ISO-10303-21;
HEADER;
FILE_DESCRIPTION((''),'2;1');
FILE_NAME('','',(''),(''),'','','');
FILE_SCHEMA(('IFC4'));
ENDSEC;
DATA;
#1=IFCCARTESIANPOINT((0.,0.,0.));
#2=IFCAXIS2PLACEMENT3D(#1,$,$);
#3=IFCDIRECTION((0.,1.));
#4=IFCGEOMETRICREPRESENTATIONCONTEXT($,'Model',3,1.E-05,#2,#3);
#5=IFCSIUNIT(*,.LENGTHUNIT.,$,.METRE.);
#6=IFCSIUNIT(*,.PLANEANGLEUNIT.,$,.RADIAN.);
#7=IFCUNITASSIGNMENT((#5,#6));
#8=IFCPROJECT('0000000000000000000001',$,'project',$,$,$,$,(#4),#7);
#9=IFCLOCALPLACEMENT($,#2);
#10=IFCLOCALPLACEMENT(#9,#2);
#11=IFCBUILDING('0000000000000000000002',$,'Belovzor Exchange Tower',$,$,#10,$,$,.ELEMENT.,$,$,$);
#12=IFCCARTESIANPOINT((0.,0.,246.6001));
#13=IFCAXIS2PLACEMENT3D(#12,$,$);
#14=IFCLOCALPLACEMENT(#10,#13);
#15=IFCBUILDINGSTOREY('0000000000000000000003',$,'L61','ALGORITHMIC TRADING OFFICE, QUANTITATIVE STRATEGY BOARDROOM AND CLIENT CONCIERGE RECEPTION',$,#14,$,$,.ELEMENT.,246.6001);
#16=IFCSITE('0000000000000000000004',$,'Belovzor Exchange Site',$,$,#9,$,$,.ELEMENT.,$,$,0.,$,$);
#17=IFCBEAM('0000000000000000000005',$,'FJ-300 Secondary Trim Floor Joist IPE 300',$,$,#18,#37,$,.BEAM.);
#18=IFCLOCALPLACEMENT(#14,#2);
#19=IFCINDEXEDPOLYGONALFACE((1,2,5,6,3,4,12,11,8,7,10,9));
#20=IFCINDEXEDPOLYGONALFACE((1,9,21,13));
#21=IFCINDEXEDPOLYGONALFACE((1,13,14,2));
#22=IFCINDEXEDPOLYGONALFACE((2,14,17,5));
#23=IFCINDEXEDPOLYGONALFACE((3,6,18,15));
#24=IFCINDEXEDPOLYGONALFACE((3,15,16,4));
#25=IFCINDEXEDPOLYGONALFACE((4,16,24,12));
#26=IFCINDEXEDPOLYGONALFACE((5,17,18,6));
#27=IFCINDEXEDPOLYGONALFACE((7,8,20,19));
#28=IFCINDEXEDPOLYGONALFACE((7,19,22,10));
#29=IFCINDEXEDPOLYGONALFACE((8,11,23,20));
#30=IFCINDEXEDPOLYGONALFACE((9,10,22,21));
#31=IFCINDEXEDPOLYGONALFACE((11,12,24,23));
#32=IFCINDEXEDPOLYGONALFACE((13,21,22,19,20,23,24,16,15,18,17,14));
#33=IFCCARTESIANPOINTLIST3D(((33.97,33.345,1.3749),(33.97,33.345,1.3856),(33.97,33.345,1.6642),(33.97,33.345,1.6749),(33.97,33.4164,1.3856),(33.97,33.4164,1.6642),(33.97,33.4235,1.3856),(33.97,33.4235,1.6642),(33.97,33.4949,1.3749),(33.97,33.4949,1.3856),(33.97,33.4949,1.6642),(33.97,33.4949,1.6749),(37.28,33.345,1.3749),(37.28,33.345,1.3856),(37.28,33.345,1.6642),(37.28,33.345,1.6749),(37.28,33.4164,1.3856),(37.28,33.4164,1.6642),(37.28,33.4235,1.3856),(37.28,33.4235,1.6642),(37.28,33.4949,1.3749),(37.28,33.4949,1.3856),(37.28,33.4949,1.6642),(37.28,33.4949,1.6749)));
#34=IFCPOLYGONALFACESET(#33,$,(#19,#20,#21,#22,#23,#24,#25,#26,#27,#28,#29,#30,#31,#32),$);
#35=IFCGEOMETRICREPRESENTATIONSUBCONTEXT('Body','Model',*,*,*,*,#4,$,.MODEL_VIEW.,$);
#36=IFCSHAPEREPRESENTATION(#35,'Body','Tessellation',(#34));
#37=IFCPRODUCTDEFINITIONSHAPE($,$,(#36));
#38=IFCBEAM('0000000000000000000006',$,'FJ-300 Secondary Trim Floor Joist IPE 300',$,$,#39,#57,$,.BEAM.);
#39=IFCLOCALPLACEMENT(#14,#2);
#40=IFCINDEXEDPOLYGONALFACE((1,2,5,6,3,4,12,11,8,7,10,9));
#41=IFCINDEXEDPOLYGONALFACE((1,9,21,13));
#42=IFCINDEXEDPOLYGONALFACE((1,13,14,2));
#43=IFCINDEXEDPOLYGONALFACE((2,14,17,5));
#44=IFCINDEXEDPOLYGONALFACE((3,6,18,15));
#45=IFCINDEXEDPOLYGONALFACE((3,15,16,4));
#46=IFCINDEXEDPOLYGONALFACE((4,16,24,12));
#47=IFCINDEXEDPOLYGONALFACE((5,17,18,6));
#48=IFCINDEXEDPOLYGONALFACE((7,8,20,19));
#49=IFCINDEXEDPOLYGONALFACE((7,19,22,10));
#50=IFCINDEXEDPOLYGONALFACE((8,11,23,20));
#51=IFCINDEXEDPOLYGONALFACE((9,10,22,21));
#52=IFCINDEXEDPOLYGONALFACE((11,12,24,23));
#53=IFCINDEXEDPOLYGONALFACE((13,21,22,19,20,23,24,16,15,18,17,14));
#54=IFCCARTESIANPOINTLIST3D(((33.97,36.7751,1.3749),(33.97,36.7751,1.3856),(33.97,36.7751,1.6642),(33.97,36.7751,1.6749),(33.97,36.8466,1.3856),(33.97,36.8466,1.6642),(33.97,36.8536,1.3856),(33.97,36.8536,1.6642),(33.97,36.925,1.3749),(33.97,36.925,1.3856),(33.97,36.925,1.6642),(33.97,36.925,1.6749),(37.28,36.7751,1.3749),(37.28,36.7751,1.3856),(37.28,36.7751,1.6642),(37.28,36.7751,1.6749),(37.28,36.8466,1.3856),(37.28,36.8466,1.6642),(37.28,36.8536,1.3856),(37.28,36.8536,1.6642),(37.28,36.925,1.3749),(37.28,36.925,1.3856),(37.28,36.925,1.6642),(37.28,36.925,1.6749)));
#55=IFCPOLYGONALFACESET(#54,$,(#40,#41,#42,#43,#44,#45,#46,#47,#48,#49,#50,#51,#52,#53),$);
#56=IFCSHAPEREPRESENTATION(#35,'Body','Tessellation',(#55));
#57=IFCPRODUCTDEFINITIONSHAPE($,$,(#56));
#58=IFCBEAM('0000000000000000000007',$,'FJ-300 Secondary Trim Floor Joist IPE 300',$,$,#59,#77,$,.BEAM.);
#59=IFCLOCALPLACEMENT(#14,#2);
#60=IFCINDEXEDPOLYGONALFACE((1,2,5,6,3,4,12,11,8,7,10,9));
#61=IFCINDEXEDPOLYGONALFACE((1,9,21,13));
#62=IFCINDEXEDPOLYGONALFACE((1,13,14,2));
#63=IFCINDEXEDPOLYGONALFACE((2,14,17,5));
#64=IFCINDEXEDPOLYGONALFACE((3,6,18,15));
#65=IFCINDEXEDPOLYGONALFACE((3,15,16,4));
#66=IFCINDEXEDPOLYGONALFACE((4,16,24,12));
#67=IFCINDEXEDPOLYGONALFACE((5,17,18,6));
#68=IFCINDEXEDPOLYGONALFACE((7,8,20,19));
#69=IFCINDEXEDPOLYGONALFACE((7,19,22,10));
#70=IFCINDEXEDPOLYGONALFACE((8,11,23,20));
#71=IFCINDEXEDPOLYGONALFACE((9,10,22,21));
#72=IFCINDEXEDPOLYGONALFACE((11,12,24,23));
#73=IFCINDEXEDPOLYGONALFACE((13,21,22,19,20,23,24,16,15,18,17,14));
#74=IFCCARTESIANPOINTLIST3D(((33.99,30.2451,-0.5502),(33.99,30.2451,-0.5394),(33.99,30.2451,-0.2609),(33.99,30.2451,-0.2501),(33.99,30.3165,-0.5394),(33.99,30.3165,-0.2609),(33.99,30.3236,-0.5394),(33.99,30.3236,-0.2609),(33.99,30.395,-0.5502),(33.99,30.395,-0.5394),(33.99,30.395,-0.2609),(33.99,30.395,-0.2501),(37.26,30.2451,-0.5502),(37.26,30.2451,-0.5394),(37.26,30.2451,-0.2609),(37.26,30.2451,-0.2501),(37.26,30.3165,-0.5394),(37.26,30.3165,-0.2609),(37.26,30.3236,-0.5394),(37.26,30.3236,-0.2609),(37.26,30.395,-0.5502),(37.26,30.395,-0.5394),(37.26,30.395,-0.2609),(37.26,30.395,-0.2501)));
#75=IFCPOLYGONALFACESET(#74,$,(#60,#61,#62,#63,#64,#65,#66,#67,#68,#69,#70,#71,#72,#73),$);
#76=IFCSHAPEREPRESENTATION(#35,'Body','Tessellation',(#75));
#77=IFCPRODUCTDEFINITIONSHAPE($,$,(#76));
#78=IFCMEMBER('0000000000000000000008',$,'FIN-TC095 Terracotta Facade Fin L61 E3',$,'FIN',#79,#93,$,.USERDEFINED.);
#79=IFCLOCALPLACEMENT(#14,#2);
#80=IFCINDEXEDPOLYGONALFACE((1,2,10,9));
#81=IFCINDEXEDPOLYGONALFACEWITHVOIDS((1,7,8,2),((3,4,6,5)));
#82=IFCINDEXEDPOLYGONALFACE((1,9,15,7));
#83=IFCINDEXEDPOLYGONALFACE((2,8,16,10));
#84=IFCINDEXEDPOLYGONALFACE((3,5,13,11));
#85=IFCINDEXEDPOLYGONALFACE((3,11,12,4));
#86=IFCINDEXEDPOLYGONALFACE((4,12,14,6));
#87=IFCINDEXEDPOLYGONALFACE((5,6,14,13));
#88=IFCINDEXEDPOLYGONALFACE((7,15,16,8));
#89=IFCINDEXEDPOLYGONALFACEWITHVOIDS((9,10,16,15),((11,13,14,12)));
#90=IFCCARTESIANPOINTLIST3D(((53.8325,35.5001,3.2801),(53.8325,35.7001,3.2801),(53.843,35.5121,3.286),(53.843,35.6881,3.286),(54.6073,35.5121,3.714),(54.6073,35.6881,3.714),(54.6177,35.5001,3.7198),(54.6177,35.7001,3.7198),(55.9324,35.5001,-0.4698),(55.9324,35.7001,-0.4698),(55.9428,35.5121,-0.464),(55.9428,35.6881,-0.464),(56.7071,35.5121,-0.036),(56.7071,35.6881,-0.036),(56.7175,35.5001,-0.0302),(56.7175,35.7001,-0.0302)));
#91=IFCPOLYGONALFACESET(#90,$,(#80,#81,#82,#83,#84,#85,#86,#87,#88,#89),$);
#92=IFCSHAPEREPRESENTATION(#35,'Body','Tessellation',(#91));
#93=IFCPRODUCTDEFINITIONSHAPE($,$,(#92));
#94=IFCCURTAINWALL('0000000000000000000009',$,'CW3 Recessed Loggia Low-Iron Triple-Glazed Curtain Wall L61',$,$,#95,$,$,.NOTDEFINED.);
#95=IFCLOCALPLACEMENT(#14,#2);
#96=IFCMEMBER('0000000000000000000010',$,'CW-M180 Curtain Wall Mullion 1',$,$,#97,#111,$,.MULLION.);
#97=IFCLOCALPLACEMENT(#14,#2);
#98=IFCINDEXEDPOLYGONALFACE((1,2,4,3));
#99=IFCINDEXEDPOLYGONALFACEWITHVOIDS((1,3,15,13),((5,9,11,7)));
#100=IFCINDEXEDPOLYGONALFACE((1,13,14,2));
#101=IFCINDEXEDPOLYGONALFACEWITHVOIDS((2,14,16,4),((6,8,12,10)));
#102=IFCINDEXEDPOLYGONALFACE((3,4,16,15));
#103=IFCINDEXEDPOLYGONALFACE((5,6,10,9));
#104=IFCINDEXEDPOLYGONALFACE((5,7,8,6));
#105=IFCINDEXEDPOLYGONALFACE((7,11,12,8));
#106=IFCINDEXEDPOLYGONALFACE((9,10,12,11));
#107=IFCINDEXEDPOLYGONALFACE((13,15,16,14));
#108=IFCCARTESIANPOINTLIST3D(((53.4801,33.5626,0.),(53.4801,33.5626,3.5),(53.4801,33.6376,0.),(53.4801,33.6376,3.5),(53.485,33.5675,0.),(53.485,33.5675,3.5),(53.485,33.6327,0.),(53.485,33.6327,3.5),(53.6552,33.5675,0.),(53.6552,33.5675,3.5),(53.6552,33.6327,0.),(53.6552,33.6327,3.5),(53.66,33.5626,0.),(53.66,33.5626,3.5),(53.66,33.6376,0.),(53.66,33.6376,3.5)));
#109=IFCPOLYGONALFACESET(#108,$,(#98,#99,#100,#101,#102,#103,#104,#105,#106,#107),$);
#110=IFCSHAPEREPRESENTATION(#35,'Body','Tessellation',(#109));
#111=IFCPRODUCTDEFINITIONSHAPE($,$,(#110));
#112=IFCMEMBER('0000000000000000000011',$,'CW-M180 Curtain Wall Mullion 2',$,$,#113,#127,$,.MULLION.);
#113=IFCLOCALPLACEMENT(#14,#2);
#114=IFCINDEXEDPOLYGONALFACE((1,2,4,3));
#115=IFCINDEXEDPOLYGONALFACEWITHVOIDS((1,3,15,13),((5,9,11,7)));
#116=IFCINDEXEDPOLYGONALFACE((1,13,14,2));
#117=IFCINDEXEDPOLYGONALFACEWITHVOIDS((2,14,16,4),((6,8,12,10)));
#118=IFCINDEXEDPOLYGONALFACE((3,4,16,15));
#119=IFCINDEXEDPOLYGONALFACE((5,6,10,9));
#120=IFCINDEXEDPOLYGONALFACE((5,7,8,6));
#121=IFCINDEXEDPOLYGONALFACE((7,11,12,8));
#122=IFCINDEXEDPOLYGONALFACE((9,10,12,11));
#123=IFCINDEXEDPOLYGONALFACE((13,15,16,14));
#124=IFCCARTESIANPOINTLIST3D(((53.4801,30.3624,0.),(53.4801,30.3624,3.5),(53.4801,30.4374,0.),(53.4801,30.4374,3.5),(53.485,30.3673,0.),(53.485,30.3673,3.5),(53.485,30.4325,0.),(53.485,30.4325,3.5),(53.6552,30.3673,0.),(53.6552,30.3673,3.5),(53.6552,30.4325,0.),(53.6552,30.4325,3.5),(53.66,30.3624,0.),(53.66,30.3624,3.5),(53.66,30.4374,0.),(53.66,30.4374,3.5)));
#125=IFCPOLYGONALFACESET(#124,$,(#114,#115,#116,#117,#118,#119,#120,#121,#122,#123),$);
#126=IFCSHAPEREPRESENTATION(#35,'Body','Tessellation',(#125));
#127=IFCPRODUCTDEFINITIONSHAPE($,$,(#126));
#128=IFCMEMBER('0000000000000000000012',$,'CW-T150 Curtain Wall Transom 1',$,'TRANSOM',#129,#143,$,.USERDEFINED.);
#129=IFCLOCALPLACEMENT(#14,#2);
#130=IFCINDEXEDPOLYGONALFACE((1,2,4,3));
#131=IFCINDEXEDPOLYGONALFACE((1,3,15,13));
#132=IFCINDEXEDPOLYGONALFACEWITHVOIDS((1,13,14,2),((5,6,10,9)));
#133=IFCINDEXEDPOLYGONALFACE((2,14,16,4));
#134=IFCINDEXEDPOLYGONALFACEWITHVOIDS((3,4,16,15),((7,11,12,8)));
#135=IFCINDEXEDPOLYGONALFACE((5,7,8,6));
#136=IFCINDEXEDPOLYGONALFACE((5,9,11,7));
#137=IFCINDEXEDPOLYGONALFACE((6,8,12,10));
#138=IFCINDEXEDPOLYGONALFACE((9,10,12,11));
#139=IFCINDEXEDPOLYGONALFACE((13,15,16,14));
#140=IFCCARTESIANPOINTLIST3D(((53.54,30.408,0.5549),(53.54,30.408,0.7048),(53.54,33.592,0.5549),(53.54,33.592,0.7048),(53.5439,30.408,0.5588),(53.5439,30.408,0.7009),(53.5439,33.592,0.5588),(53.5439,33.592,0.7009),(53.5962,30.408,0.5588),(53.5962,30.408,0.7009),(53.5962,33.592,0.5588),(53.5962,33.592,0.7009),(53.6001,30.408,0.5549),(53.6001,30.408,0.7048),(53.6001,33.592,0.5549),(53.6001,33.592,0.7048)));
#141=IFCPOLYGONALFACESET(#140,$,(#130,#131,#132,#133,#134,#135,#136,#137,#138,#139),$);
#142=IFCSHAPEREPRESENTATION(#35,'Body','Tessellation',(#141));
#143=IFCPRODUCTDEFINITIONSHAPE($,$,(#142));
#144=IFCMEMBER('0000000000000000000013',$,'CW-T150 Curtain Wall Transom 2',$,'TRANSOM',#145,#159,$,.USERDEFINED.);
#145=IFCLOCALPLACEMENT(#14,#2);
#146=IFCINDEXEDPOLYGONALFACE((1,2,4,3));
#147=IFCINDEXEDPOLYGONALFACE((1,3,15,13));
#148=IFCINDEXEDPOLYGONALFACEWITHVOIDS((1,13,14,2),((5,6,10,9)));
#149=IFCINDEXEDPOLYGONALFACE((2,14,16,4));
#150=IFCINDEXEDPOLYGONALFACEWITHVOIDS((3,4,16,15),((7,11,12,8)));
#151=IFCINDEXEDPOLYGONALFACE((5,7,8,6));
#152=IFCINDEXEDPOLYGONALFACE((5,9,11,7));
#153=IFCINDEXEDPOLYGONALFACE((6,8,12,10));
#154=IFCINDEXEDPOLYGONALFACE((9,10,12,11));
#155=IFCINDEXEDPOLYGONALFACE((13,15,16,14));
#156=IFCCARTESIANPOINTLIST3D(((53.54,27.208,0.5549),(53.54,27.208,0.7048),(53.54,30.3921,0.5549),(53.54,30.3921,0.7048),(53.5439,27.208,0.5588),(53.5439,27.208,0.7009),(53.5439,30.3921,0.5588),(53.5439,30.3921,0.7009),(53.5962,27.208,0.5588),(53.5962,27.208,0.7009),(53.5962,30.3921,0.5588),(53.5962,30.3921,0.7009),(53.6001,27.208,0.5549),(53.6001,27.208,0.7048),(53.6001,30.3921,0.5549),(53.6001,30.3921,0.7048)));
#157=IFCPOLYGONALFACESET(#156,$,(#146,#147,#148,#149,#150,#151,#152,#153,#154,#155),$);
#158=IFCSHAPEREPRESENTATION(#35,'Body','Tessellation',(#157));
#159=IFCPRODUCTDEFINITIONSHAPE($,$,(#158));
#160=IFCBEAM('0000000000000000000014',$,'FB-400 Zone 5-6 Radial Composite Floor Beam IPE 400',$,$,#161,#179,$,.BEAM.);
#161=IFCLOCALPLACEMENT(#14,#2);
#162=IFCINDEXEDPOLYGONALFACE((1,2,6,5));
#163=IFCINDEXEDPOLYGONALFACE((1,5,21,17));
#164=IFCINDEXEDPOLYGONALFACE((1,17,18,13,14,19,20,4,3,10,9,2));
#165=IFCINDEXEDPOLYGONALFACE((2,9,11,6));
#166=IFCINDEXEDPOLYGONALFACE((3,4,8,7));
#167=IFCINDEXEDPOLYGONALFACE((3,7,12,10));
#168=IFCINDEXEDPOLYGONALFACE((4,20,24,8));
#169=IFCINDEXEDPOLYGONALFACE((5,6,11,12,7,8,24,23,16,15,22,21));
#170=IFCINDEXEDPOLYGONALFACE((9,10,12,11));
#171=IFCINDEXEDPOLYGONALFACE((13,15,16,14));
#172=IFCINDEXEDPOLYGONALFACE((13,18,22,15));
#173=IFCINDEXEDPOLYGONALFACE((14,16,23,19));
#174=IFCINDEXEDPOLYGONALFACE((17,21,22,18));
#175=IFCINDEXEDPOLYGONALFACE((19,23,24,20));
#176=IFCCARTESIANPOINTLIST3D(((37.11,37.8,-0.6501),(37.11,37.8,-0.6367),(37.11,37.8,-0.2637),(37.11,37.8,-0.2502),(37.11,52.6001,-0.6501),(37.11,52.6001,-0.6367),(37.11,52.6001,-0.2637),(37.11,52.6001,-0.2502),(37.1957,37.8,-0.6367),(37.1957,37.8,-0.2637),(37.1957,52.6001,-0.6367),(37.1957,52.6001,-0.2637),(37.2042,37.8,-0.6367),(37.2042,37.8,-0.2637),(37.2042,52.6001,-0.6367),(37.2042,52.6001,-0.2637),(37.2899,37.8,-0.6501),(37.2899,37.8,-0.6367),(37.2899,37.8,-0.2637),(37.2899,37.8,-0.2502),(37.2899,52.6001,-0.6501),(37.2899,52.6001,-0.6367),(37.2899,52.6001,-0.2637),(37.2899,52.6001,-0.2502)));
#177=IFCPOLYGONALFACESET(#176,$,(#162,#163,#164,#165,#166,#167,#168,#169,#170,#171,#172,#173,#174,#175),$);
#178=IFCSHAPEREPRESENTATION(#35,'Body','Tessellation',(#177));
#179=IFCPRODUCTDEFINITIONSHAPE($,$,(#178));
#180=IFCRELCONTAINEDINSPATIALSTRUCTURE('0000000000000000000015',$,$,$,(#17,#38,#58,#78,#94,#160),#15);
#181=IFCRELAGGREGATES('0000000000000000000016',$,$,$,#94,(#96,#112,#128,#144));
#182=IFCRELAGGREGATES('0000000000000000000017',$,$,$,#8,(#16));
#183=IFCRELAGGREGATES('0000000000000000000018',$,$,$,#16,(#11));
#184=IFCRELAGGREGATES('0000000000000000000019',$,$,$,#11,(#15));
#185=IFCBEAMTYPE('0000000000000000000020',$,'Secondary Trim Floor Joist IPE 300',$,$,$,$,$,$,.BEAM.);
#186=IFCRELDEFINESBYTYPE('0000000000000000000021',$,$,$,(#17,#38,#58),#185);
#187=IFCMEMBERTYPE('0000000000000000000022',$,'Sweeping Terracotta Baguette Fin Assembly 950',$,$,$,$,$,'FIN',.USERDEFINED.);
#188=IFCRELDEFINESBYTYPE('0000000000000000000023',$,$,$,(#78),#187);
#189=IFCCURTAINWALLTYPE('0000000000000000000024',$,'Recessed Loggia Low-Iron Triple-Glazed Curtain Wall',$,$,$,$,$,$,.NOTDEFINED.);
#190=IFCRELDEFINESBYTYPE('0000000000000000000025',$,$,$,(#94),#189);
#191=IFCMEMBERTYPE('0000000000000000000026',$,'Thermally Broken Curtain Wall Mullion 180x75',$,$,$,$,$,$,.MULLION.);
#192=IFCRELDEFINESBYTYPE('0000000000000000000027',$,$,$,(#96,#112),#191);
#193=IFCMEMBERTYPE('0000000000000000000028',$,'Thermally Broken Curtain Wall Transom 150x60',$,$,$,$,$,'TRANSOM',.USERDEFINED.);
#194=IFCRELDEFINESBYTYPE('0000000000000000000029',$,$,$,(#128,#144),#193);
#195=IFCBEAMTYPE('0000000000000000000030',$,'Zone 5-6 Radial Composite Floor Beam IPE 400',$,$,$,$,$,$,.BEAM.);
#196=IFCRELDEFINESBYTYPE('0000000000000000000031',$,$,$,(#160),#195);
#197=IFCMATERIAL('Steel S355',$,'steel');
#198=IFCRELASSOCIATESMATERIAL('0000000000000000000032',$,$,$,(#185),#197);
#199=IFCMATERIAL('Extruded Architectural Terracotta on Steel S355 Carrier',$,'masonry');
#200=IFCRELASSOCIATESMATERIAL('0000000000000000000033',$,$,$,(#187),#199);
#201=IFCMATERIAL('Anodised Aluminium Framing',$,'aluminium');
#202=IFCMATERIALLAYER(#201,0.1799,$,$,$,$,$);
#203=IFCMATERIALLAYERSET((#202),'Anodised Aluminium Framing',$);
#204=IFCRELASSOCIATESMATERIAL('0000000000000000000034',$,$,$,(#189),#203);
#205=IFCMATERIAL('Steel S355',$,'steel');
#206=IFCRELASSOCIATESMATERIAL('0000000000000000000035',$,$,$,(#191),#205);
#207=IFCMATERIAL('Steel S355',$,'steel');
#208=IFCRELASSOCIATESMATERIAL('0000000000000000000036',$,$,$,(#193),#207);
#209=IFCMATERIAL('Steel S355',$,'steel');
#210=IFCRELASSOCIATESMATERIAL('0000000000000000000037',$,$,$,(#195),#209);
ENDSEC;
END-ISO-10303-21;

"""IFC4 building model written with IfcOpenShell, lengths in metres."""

from ifc_helpers import new_model, si_unit, direction, frame, origin, origin_2d, place, context, subcontext, project, spatial, hollow_rectangle, i_section, extrude, material, layer, layer_set, material_profile, profile_set, type_object, element, aggregate, save


model = new_model("IFC4")

# Units and contexts
model_context = context("Model", 3, precision=1e-05, world=origin(), true_north=direction((0.0, 1.0)))
body_context = subcontext(model_context, "Body", "Model", "MODEL_VIEW")
ifc_project = project(units=[si_unit("LENGTHUNIT", "METRE"), si_unit("PLANEANGLEUNIT", "RADIAN")], contexts=[model_context])

# Site, building, storey
site_placement = place(None, origin())
site = spatial("IfcSite", under=ifc_project, at=site_placement, Name="Belovzor Exchange Site", CompositionType="ELEMENT", RefElevation=0.0)
building_placement = place(site_placement, origin())
building = spatial("IfcBuilding", under=site, at=building_placement, Name="Belovzor Exchange Tower", CompositionType="ELEMENT")
storey_placement = place(building_placement, frame((0.0, 0.0, 246.6001)))
storey = spatial("IfcBuildingStorey", under=building, at=storey_placement, Name="L61", Description="ALGORITHMIC TRADING OFFICE, QUANTITATIVE STRATEGY BOARDROOM AND CLIENT CONCIERGE RECEPTION", CompositionType="ELEMENT", Elevation=246.6001)

# Beams
ifc_material_1 = material(Name="Steel S355", Category="steel")
ifc_material_profile_1 = material_profile(ifc_material_1, i_section(OverallWidth=0.1499, OverallDepth=0.3, WebThickness=0.0071, FlangeThickness=0.0107, at=origin_2d()))
ifc_profile_set_1 = profile_set([ifc_material_profile_1], Name="Steel S355")
beam_type_1 = type_object("IfcBeamType", Name="Secondary Trim Floor Joist IPE 300", PredefinedType="BEAM", material=ifc_profile_set_1)
for number, where, z_axis, x_axis, name in (
    (1, (37.28, 33.4199, 1.5249), (-1.0, 0.0, 0.0), (0.0, -1.0, 0.0), "FJ-300 Secondary Trim Floor Joist IPE 300"),
    (2, (37.28, 36.8501, 1.5249), (-1.0, 0.0, 0.0), (0.0, -1.0, 0.0), "FJ-300 Secondary Trim Floor Joist IPE 300"),
):
    element("IfcBeam", number, at=place(storey_placement, frame(where, z_axis=z_axis, x_axis=x_axis)), inside=storey, type_object=beam_type_1, Name=name, PredefinedType="BEAM", context=body_context, shape_type="SweptSolid", body=[
        extrude(i_section(OverallWidth=0.1499, OverallDepth=0.3, WebThickness=0.0071, FlangeThickness=0.0107, at=origin_2d()), origin(), (0.0, 0.0, 1.0), 3.3101),
    ])
beam_1_placement = place(storey_placement, frame((37.26, 30.3201, -0.4001), z_axis=(-1.0, 0.0, 0.0), x_axis=(0.0, -1.0, 0.0)))
element("IfcBeam", 3, at=beam_1_placement, inside=storey, type_object=beam_type_1, Name="FJ-300 Secondary Trim Floor Joist IPE 300", PredefinedType="BEAM", context=body_context, shape_type="SweptSolid", body=[
    extrude(i_section(OverallWidth=0.1499, OverallDepth=0.3, WebThickness=0.0071, FlangeThickness=0.0107, at=origin_2d()), origin(), (0.0, 0.0, 1.0), 3.27),
])

# Member
ifc_material_2 = material(Name="Extruded Architectural Terracotta on Steel S355 Carrier", Category="masonry")
ifc_material_profile_2 = material_profile(ifc_material_2, hollow_rectangle(XDim=0.2, YDim=0.8999, WallThickness=0.012, at=origin_2d()))
ifc_profile_set_2 = profile_set([ifc_material_profile_2], Name="Extruded Architectural Terracotta on Steel S355 Carrier")
member_type_1 = type_object("IfcMemberType", Name="Sweeping Terracotta Baguette Fin Assembly 950", ElementType="FIN", PredefinedType="USERDEFINED", material=ifc_profile_set_2)
member_1_placement = place(storey_placement, frame((56.325, 35.6001, -0.25), z_axis=(-0.488577, 0.0, 0.872521), x_axis=(0.0, -1.0, 0.0)))
element("IfcMember", 4, at=member_1_placement, inside=storey, type_object=member_type_1, Name="FIN-TC095 Terracotta Facade Fin L61 E3", ObjectType="FIN", PredefinedType="USERDEFINED", context=body_context, shape_type="SweptSolid", body=[
    extrude(hollow_rectangle(XDim=0.2, YDim=0.8999, WallThickness=0.012, at=origin_2d()), origin(), (0.0, 0.0, 1.0), 4.2979),
])

# Curtain wall, members
ifc_material_3 = material(Name="Anodised Aluminium Framing", Category="aluminium")
ifc_layer_1 = layer(ifc_material_3, 0.1799)
ifc_layer_set_1 = layer_set([ifc_layer_1], Name="Anodised Aluminium Framing")
curtain_wall_type = type_object("IfcCurtainWallType", Name="Recessed Loggia Low-Iron Triple-Glazed Curtain Wall", PredefinedType="NOTDEFINED", material=ifc_layer_set_1)
curtain_wall_placement = place(storey_placement, origin())
curtain_wall = element("IfcCurtainWall", 5, at=curtain_wall_placement, inside=storey, type_object=curtain_wall_type, Name="CW3 Recessed Loggia Low-Iron Triple-Glazed Curtain Wall L61", PredefinedType="NOTDEFINED")
ifc_material_4 = material(Name="Steel S355", Category="steel")
ifc_material_profile_3 = material_profile(ifc_material_4, hollow_rectangle(XDim=0.075, YDim=0.1799, WallThickness=0.0049, at=origin_2d()))
ifc_profile_set_3 = profile_set([ifc_material_profile_3], Name="Steel S355")
member_type_2 = type_object("IfcMemberType", Name="Thermally Broken Curtain Wall Mullion 180x75", PredefinedType="MULLION", material=ifc_profile_set_3)
member_2_placement = place(storey_placement, frame((53.5701, 33.6001, 0.0), z_axis=(0.0, 0.0, 1.0), x_axis=(0.0, -1.0, 0.0)))
member_2 = element("IfcMember", 6, at=member_2_placement, type_object=member_type_2, Name="CW-M180 Curtain Wall Mullion 1", PredefinedType="MULLION", context=body_context, shape_type="SweptSolid", body=[
    extrude(hollow_rectangle(XDim=0.075, YDim=0.1799, WallThickness=0.0049, at=origin_2d()), origin(), (0.0, 0.0, 1.0), 3.5),
])
member_3_placement = place(storey_placement, frame((53.5701, 30.3999, 0.0), z_axis=(0.0, 0.0, 1.0), x_axis=(0.0, -1.0, 0.0)))
member_3 = element("IfcMember", 7, at=member_3_placement, type_object=member_type_2, Name="CW-M180 Curtain Wall Mullion 2", PredefinedType="MULLION", context=body_context, shape_type="SweptSolid", body=[
    extrude(hollow_rectangle(XDim=0.075, YDim=0.1799, WallThickness=0.0049, at=origin_2d()), origin(), (0.0, 0.0, 1.0), 3.5),
])
ifc_material_5 = material(Name="Steel S355", Category="steel")
ifc_material_profile_4 = material_profile(ifc_material_5, hollow_rectangle(XDim=0.0601, YDim=0.1499, WallThickness=0.0039, at=origin_2d()))
ifc_profile_set_4 = profile_set([ifc_material_profile_4], Name="Steel S355")
member_type_3 = type_object("IfcMemberType", Name="Thermally Broken Curtain Wall Transom 150x60", ElementType="TRANSOM", PredefinedType="USERDEFINED", material=ifc_profile_set_4)
member_4_placement = place(storey_placement, frame((53.5701, 33.592, 0.6299), z_axis=(0.0, -1.0, 0.0), x_axis=(1.0, 0.0, 0.0)))
member_4 = element("IfcMember", 8, at=member_4_placement, type_object=member_type_3, Name="CW-T150 Curtain Wall Transom 1", ObjectType="TRANSOM", PredefinedType="USERDEFINED", context=body_context, shape_type="SweptSolid", body=[
    extrude(hollow_rectangle(XDim=0.0601, YDim=0.1499, WallThickness=0.0039, at=origin_2d()), origin(), (0.0, 0.0, 1.0), 3.1841),
])
member_5_placement = place(storey_placement, frame((53.5701, 30.3921, 0.6299), z_axis=(0.0, -1.0, 0.0), x_axis=(1.0, 0.0, 0.0)))
member_5 = element("IfcMember", 9, at=member_5_placement, type_object=member_type_3, Name="CW-T150 Curtain Wall Transom 2", ObjectType="TRANSOM", PredefinedType="USERDEFINED", context=body_context, shape_type="SweptSolid", body=[
    extrude(hollow_rectangle(XDim=0.0601, YDim=0.1499, WallThickness=0.0039, at=origin_2d()), origin(), (0.0, 0.0, 1.0), 3.1841),
])

# Beam
ifc_material_6 = material(Name="Steel S355", Category="steel")
ifc_material_profile_5 = material_profile(ifc_material_6, i_section(OverallWidth=0.1799, OverallDepth=0.3999, WebThickness=0.0085, FlangeThickness=0.0134, at=origin_2d()))
ifc_profile_set_5 = profile_set([ifc_material_profile_5], Name="Steel S355")
beam_type_2 = type_object("IfcBeamType", Name="Zone 5-6 Radial Composite Floor Beam IPE 400", PredefinedType="BEAM", material=ifc_profile_set_5)
for number, where, z_axis, x_axis, name in (
    (10, (37.2, 37.8, -0.4502), (0.0, 1.0, 0.0), (-1.0, 0.0, 0.0), "FB-400 Zone 5-6 Radial Composite Floor Beam IPE 400"),
):
    element("IfcBeam", number, at=place(storey_placement, frame(where, z_axis=z_axis, x_axis=x_axis)), inside=storey, type_object=beam_type_2, Name=name, PredefinedType="BEAM", context=body_context, shape_type="SweptSolid", body=[
        extrude(i_section(OverallWidth=0.1799, OverallDepth=0.3999, WebThickness=0.0085, FlangeThickness=0.0134, at=origin_2d()), origin(), (0.0, 0.0, 1.0), 14.8),
    ])

aggregate(curtain_wall, [member_2, member_3, member_4, member_5])

save(model, "model.ifc")
